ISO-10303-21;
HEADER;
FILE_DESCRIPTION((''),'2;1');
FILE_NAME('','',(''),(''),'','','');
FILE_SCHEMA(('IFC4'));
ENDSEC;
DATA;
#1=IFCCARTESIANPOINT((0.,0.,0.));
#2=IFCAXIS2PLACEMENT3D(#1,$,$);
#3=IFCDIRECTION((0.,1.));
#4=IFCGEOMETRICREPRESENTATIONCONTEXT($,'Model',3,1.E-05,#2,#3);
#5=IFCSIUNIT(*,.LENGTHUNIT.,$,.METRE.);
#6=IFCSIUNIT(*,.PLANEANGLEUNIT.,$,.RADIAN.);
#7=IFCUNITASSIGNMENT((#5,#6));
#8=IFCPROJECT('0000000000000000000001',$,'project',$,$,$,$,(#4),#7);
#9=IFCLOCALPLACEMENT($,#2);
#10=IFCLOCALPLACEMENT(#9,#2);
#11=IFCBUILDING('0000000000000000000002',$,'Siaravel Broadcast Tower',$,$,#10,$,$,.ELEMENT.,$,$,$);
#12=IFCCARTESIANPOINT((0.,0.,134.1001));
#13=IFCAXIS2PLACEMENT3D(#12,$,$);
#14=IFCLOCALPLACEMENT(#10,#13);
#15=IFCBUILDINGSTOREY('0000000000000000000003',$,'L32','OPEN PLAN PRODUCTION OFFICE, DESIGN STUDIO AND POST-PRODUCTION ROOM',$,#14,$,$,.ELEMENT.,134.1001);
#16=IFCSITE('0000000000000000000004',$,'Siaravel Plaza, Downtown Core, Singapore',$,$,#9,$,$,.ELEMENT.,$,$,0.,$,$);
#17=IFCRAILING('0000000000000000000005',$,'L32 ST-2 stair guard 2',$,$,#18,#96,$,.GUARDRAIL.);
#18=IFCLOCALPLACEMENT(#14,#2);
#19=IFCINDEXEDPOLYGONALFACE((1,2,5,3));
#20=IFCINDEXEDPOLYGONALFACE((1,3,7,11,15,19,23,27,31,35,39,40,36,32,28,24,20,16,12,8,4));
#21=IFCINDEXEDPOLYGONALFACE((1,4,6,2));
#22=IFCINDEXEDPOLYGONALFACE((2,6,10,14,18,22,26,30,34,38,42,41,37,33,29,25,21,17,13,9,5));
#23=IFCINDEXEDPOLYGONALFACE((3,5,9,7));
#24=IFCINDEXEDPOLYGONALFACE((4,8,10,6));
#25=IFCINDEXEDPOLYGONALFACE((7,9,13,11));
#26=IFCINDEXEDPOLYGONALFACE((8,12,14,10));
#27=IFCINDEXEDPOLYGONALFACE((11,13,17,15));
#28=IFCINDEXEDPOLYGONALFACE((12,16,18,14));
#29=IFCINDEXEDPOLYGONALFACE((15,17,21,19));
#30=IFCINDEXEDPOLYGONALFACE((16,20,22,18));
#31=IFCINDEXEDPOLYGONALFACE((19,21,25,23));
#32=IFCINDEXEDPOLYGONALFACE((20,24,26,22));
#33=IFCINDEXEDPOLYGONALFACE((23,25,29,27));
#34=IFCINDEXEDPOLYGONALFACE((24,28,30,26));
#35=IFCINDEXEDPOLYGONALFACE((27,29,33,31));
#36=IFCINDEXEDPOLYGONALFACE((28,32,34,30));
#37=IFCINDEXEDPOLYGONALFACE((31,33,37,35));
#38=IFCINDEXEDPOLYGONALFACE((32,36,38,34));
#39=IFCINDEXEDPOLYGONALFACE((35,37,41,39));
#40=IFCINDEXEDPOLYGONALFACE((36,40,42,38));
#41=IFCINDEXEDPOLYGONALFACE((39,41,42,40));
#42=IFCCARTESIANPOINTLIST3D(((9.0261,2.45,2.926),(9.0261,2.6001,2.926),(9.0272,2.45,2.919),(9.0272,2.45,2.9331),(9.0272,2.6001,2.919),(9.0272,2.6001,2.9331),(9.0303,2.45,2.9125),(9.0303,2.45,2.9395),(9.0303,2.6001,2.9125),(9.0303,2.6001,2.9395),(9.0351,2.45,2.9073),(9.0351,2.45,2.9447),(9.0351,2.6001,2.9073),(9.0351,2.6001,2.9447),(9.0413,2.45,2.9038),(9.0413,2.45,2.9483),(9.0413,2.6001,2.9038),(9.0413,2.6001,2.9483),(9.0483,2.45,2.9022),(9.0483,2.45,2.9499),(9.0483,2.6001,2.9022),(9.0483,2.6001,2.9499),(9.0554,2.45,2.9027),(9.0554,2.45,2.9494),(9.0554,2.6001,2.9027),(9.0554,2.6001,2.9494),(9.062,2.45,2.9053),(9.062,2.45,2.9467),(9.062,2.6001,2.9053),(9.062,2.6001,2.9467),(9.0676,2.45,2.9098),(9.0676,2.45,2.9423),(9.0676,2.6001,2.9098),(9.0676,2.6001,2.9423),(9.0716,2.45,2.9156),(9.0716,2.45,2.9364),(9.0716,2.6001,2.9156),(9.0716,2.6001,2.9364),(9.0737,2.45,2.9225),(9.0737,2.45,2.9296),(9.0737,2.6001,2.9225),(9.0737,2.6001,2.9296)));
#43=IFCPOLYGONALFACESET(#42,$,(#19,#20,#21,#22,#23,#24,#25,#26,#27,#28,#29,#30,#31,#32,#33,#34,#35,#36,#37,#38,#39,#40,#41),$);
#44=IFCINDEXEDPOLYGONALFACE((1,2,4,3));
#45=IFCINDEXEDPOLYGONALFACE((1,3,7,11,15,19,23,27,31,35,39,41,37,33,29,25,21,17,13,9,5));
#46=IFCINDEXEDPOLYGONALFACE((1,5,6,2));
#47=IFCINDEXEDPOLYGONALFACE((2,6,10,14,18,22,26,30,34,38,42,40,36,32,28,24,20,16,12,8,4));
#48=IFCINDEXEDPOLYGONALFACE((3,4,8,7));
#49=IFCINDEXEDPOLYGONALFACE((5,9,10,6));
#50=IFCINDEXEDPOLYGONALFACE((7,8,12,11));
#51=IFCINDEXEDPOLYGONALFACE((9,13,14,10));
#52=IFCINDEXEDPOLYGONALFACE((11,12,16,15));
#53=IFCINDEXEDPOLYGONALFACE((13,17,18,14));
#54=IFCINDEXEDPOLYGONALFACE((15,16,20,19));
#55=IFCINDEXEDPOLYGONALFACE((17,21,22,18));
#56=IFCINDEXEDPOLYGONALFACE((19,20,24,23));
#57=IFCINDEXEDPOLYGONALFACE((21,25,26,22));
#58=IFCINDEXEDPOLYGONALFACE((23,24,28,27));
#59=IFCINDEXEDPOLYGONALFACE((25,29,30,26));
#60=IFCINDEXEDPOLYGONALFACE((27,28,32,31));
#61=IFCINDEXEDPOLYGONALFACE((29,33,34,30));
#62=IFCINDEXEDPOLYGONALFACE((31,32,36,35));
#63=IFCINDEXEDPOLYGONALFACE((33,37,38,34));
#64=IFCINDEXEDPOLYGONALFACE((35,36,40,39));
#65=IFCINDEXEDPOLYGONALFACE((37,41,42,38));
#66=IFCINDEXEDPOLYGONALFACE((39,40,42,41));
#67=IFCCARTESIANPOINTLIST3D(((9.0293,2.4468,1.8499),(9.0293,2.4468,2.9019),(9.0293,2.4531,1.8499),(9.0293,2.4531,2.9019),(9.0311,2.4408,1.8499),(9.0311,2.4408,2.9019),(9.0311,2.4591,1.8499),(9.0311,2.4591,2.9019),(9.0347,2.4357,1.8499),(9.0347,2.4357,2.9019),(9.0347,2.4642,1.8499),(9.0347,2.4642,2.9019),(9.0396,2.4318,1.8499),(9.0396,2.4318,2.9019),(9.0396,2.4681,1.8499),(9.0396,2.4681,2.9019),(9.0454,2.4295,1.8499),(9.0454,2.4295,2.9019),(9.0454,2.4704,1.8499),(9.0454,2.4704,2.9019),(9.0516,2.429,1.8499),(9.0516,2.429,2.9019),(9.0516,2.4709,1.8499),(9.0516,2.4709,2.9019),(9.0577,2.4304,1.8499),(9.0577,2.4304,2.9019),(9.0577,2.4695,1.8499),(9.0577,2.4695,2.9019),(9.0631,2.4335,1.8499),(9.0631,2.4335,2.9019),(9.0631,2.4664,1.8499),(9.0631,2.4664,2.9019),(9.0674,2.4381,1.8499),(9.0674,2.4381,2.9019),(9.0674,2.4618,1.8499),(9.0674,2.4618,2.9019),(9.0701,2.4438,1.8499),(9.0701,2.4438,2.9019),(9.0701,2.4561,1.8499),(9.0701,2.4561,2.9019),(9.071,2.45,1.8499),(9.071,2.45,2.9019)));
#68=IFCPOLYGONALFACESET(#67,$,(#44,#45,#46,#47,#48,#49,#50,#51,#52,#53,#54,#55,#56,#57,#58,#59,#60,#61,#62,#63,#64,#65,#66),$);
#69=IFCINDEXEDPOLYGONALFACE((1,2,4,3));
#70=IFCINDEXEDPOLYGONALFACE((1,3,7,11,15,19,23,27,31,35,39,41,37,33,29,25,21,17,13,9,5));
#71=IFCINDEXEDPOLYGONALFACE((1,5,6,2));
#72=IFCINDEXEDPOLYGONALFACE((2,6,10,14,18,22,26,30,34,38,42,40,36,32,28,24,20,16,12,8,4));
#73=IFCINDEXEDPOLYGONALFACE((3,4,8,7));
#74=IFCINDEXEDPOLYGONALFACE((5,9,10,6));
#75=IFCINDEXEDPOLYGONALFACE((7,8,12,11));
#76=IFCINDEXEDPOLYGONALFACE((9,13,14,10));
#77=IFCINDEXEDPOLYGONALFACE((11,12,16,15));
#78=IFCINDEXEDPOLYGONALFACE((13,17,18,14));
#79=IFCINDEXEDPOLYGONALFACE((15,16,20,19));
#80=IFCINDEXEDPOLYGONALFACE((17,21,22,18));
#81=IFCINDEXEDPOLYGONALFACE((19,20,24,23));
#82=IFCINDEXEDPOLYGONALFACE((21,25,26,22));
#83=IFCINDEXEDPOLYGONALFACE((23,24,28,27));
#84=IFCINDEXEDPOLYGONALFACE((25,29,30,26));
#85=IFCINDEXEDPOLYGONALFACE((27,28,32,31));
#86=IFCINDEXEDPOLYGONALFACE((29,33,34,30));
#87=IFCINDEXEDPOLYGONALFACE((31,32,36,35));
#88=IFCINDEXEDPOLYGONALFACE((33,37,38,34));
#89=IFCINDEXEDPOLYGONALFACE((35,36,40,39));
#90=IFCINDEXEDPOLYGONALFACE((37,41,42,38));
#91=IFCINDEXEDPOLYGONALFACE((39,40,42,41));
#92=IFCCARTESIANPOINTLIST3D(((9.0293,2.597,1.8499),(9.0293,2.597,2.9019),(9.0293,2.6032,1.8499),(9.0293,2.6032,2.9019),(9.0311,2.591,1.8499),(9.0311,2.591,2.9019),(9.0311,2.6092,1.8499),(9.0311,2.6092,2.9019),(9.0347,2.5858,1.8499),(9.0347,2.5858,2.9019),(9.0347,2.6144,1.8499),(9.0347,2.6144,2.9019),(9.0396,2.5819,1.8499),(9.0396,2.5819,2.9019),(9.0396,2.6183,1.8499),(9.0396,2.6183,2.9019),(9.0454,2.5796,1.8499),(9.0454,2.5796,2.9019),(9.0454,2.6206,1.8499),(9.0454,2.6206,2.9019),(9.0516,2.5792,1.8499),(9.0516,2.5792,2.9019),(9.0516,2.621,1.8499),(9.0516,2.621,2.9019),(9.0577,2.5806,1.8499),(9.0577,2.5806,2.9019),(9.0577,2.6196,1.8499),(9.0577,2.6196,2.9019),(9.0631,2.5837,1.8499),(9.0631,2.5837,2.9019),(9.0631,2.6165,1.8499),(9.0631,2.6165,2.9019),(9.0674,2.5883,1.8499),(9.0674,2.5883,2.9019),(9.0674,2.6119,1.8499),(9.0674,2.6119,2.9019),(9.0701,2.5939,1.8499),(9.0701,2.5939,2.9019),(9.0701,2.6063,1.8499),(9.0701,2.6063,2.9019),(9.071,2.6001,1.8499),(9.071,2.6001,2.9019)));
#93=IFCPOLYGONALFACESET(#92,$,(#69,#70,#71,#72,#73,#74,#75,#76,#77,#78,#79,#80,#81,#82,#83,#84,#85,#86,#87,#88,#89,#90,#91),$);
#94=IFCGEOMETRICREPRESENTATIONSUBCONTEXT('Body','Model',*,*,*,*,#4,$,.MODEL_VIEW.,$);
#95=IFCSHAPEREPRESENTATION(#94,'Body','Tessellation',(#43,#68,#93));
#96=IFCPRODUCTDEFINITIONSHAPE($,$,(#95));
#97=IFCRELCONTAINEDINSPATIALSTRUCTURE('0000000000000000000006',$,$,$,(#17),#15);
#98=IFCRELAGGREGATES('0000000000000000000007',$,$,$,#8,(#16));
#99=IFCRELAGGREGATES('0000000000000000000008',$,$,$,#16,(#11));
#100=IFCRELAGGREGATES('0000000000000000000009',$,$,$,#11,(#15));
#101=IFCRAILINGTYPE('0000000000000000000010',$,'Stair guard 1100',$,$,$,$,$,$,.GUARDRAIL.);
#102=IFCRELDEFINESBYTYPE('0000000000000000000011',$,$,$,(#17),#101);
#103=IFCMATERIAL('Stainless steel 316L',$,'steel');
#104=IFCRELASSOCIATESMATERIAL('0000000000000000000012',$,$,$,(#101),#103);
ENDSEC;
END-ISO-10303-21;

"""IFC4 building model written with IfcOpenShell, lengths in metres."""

from ifc_helpers import new_model, si_unit, direction, frame, origin, origin_2d, place, context, subcontext, project, spatial, circle, extrude, material, type_object, element, save


model = new_model("IFC4")

# Units and contexts
model_context = context("Model", 3, precision=1e-05, world=origin(), true_north=direction((0.0, 1.0)))
body_context = subcontext(model_context, "Body", "Model", "MODEL_VIEW")
ifc_project = project(units=[si_unit("LENGTHUNIT", "METRE"), si_unit("PLANEANGLEUNIT", "RADIAN")], contexts=[model_context])

# Site, building, storey
site_placement = place(None, origin())
site = spatial("IfcSite", under=ifc_project, at=site_placement, Name="Siaravel Plaza, Downtown Core, Singapore", CompositionType="ELEMENT", RefElevation=0.0)
building_placement = place(site_placement, origin())
building = spatial("IfcBuilding", under=site, at=building_placement, Name="Siaravel Broadcast Tower", CompositionType="ELEMENT")
storey_placement = place(building_placement, frame((0.0, 0.0, 134.1001)))
storey = spatial("IfcBuildingStorey", under=building, at=storey_placement, Name="L32", Description="OPEN PLAN PRODUCTION OFFICE, DESIGN STUDIO AND POST-PRODUCTION ROOM", CompositionType="ELEMENT", Elevation=134.1001)

# Railing
ifc_material_1 = material(Name="Stainless steel 316L", Category="steel")
railing_type_1 = type_object("IfcRailingType", Name="Stair guard 1100", PredefinedType="GUARDRAIL", material=ifc_material_1)
railing_1_placement = place(storey_placement, frame((9.05, 2.45, 1.8499)))
element("IfcRailing", 1, at=railing_1_placement, inside=storey, type_object=railing_type_1, Name="L32 ST-2 stair guard 2", PredefinedType="GUARDRAIL", context=body_context, shape_type="SweptSolid", body=[
    extrude(circle(Radius=0.0239, at=origin_2d()), frame((0.0, 0.0, 1.0762), z_axis=(0.0, 1.0, 0.0), x_axis=(-1.0, 0.0, 0.0)), (0.0, 0.0, 1.0), 0.1501),
    extrude(circle(Radius=0.021, at=origin_2d()), origin(), (0.0, 0.0, 1.0), 1.052),
    extrude(circle(Radius=0.021, at=origin_2d()), frame((0.0, 0.1501, 0.0)), (0.0, 0.0, 1.0), 1.052),
])

save(model, "model.ifc")
